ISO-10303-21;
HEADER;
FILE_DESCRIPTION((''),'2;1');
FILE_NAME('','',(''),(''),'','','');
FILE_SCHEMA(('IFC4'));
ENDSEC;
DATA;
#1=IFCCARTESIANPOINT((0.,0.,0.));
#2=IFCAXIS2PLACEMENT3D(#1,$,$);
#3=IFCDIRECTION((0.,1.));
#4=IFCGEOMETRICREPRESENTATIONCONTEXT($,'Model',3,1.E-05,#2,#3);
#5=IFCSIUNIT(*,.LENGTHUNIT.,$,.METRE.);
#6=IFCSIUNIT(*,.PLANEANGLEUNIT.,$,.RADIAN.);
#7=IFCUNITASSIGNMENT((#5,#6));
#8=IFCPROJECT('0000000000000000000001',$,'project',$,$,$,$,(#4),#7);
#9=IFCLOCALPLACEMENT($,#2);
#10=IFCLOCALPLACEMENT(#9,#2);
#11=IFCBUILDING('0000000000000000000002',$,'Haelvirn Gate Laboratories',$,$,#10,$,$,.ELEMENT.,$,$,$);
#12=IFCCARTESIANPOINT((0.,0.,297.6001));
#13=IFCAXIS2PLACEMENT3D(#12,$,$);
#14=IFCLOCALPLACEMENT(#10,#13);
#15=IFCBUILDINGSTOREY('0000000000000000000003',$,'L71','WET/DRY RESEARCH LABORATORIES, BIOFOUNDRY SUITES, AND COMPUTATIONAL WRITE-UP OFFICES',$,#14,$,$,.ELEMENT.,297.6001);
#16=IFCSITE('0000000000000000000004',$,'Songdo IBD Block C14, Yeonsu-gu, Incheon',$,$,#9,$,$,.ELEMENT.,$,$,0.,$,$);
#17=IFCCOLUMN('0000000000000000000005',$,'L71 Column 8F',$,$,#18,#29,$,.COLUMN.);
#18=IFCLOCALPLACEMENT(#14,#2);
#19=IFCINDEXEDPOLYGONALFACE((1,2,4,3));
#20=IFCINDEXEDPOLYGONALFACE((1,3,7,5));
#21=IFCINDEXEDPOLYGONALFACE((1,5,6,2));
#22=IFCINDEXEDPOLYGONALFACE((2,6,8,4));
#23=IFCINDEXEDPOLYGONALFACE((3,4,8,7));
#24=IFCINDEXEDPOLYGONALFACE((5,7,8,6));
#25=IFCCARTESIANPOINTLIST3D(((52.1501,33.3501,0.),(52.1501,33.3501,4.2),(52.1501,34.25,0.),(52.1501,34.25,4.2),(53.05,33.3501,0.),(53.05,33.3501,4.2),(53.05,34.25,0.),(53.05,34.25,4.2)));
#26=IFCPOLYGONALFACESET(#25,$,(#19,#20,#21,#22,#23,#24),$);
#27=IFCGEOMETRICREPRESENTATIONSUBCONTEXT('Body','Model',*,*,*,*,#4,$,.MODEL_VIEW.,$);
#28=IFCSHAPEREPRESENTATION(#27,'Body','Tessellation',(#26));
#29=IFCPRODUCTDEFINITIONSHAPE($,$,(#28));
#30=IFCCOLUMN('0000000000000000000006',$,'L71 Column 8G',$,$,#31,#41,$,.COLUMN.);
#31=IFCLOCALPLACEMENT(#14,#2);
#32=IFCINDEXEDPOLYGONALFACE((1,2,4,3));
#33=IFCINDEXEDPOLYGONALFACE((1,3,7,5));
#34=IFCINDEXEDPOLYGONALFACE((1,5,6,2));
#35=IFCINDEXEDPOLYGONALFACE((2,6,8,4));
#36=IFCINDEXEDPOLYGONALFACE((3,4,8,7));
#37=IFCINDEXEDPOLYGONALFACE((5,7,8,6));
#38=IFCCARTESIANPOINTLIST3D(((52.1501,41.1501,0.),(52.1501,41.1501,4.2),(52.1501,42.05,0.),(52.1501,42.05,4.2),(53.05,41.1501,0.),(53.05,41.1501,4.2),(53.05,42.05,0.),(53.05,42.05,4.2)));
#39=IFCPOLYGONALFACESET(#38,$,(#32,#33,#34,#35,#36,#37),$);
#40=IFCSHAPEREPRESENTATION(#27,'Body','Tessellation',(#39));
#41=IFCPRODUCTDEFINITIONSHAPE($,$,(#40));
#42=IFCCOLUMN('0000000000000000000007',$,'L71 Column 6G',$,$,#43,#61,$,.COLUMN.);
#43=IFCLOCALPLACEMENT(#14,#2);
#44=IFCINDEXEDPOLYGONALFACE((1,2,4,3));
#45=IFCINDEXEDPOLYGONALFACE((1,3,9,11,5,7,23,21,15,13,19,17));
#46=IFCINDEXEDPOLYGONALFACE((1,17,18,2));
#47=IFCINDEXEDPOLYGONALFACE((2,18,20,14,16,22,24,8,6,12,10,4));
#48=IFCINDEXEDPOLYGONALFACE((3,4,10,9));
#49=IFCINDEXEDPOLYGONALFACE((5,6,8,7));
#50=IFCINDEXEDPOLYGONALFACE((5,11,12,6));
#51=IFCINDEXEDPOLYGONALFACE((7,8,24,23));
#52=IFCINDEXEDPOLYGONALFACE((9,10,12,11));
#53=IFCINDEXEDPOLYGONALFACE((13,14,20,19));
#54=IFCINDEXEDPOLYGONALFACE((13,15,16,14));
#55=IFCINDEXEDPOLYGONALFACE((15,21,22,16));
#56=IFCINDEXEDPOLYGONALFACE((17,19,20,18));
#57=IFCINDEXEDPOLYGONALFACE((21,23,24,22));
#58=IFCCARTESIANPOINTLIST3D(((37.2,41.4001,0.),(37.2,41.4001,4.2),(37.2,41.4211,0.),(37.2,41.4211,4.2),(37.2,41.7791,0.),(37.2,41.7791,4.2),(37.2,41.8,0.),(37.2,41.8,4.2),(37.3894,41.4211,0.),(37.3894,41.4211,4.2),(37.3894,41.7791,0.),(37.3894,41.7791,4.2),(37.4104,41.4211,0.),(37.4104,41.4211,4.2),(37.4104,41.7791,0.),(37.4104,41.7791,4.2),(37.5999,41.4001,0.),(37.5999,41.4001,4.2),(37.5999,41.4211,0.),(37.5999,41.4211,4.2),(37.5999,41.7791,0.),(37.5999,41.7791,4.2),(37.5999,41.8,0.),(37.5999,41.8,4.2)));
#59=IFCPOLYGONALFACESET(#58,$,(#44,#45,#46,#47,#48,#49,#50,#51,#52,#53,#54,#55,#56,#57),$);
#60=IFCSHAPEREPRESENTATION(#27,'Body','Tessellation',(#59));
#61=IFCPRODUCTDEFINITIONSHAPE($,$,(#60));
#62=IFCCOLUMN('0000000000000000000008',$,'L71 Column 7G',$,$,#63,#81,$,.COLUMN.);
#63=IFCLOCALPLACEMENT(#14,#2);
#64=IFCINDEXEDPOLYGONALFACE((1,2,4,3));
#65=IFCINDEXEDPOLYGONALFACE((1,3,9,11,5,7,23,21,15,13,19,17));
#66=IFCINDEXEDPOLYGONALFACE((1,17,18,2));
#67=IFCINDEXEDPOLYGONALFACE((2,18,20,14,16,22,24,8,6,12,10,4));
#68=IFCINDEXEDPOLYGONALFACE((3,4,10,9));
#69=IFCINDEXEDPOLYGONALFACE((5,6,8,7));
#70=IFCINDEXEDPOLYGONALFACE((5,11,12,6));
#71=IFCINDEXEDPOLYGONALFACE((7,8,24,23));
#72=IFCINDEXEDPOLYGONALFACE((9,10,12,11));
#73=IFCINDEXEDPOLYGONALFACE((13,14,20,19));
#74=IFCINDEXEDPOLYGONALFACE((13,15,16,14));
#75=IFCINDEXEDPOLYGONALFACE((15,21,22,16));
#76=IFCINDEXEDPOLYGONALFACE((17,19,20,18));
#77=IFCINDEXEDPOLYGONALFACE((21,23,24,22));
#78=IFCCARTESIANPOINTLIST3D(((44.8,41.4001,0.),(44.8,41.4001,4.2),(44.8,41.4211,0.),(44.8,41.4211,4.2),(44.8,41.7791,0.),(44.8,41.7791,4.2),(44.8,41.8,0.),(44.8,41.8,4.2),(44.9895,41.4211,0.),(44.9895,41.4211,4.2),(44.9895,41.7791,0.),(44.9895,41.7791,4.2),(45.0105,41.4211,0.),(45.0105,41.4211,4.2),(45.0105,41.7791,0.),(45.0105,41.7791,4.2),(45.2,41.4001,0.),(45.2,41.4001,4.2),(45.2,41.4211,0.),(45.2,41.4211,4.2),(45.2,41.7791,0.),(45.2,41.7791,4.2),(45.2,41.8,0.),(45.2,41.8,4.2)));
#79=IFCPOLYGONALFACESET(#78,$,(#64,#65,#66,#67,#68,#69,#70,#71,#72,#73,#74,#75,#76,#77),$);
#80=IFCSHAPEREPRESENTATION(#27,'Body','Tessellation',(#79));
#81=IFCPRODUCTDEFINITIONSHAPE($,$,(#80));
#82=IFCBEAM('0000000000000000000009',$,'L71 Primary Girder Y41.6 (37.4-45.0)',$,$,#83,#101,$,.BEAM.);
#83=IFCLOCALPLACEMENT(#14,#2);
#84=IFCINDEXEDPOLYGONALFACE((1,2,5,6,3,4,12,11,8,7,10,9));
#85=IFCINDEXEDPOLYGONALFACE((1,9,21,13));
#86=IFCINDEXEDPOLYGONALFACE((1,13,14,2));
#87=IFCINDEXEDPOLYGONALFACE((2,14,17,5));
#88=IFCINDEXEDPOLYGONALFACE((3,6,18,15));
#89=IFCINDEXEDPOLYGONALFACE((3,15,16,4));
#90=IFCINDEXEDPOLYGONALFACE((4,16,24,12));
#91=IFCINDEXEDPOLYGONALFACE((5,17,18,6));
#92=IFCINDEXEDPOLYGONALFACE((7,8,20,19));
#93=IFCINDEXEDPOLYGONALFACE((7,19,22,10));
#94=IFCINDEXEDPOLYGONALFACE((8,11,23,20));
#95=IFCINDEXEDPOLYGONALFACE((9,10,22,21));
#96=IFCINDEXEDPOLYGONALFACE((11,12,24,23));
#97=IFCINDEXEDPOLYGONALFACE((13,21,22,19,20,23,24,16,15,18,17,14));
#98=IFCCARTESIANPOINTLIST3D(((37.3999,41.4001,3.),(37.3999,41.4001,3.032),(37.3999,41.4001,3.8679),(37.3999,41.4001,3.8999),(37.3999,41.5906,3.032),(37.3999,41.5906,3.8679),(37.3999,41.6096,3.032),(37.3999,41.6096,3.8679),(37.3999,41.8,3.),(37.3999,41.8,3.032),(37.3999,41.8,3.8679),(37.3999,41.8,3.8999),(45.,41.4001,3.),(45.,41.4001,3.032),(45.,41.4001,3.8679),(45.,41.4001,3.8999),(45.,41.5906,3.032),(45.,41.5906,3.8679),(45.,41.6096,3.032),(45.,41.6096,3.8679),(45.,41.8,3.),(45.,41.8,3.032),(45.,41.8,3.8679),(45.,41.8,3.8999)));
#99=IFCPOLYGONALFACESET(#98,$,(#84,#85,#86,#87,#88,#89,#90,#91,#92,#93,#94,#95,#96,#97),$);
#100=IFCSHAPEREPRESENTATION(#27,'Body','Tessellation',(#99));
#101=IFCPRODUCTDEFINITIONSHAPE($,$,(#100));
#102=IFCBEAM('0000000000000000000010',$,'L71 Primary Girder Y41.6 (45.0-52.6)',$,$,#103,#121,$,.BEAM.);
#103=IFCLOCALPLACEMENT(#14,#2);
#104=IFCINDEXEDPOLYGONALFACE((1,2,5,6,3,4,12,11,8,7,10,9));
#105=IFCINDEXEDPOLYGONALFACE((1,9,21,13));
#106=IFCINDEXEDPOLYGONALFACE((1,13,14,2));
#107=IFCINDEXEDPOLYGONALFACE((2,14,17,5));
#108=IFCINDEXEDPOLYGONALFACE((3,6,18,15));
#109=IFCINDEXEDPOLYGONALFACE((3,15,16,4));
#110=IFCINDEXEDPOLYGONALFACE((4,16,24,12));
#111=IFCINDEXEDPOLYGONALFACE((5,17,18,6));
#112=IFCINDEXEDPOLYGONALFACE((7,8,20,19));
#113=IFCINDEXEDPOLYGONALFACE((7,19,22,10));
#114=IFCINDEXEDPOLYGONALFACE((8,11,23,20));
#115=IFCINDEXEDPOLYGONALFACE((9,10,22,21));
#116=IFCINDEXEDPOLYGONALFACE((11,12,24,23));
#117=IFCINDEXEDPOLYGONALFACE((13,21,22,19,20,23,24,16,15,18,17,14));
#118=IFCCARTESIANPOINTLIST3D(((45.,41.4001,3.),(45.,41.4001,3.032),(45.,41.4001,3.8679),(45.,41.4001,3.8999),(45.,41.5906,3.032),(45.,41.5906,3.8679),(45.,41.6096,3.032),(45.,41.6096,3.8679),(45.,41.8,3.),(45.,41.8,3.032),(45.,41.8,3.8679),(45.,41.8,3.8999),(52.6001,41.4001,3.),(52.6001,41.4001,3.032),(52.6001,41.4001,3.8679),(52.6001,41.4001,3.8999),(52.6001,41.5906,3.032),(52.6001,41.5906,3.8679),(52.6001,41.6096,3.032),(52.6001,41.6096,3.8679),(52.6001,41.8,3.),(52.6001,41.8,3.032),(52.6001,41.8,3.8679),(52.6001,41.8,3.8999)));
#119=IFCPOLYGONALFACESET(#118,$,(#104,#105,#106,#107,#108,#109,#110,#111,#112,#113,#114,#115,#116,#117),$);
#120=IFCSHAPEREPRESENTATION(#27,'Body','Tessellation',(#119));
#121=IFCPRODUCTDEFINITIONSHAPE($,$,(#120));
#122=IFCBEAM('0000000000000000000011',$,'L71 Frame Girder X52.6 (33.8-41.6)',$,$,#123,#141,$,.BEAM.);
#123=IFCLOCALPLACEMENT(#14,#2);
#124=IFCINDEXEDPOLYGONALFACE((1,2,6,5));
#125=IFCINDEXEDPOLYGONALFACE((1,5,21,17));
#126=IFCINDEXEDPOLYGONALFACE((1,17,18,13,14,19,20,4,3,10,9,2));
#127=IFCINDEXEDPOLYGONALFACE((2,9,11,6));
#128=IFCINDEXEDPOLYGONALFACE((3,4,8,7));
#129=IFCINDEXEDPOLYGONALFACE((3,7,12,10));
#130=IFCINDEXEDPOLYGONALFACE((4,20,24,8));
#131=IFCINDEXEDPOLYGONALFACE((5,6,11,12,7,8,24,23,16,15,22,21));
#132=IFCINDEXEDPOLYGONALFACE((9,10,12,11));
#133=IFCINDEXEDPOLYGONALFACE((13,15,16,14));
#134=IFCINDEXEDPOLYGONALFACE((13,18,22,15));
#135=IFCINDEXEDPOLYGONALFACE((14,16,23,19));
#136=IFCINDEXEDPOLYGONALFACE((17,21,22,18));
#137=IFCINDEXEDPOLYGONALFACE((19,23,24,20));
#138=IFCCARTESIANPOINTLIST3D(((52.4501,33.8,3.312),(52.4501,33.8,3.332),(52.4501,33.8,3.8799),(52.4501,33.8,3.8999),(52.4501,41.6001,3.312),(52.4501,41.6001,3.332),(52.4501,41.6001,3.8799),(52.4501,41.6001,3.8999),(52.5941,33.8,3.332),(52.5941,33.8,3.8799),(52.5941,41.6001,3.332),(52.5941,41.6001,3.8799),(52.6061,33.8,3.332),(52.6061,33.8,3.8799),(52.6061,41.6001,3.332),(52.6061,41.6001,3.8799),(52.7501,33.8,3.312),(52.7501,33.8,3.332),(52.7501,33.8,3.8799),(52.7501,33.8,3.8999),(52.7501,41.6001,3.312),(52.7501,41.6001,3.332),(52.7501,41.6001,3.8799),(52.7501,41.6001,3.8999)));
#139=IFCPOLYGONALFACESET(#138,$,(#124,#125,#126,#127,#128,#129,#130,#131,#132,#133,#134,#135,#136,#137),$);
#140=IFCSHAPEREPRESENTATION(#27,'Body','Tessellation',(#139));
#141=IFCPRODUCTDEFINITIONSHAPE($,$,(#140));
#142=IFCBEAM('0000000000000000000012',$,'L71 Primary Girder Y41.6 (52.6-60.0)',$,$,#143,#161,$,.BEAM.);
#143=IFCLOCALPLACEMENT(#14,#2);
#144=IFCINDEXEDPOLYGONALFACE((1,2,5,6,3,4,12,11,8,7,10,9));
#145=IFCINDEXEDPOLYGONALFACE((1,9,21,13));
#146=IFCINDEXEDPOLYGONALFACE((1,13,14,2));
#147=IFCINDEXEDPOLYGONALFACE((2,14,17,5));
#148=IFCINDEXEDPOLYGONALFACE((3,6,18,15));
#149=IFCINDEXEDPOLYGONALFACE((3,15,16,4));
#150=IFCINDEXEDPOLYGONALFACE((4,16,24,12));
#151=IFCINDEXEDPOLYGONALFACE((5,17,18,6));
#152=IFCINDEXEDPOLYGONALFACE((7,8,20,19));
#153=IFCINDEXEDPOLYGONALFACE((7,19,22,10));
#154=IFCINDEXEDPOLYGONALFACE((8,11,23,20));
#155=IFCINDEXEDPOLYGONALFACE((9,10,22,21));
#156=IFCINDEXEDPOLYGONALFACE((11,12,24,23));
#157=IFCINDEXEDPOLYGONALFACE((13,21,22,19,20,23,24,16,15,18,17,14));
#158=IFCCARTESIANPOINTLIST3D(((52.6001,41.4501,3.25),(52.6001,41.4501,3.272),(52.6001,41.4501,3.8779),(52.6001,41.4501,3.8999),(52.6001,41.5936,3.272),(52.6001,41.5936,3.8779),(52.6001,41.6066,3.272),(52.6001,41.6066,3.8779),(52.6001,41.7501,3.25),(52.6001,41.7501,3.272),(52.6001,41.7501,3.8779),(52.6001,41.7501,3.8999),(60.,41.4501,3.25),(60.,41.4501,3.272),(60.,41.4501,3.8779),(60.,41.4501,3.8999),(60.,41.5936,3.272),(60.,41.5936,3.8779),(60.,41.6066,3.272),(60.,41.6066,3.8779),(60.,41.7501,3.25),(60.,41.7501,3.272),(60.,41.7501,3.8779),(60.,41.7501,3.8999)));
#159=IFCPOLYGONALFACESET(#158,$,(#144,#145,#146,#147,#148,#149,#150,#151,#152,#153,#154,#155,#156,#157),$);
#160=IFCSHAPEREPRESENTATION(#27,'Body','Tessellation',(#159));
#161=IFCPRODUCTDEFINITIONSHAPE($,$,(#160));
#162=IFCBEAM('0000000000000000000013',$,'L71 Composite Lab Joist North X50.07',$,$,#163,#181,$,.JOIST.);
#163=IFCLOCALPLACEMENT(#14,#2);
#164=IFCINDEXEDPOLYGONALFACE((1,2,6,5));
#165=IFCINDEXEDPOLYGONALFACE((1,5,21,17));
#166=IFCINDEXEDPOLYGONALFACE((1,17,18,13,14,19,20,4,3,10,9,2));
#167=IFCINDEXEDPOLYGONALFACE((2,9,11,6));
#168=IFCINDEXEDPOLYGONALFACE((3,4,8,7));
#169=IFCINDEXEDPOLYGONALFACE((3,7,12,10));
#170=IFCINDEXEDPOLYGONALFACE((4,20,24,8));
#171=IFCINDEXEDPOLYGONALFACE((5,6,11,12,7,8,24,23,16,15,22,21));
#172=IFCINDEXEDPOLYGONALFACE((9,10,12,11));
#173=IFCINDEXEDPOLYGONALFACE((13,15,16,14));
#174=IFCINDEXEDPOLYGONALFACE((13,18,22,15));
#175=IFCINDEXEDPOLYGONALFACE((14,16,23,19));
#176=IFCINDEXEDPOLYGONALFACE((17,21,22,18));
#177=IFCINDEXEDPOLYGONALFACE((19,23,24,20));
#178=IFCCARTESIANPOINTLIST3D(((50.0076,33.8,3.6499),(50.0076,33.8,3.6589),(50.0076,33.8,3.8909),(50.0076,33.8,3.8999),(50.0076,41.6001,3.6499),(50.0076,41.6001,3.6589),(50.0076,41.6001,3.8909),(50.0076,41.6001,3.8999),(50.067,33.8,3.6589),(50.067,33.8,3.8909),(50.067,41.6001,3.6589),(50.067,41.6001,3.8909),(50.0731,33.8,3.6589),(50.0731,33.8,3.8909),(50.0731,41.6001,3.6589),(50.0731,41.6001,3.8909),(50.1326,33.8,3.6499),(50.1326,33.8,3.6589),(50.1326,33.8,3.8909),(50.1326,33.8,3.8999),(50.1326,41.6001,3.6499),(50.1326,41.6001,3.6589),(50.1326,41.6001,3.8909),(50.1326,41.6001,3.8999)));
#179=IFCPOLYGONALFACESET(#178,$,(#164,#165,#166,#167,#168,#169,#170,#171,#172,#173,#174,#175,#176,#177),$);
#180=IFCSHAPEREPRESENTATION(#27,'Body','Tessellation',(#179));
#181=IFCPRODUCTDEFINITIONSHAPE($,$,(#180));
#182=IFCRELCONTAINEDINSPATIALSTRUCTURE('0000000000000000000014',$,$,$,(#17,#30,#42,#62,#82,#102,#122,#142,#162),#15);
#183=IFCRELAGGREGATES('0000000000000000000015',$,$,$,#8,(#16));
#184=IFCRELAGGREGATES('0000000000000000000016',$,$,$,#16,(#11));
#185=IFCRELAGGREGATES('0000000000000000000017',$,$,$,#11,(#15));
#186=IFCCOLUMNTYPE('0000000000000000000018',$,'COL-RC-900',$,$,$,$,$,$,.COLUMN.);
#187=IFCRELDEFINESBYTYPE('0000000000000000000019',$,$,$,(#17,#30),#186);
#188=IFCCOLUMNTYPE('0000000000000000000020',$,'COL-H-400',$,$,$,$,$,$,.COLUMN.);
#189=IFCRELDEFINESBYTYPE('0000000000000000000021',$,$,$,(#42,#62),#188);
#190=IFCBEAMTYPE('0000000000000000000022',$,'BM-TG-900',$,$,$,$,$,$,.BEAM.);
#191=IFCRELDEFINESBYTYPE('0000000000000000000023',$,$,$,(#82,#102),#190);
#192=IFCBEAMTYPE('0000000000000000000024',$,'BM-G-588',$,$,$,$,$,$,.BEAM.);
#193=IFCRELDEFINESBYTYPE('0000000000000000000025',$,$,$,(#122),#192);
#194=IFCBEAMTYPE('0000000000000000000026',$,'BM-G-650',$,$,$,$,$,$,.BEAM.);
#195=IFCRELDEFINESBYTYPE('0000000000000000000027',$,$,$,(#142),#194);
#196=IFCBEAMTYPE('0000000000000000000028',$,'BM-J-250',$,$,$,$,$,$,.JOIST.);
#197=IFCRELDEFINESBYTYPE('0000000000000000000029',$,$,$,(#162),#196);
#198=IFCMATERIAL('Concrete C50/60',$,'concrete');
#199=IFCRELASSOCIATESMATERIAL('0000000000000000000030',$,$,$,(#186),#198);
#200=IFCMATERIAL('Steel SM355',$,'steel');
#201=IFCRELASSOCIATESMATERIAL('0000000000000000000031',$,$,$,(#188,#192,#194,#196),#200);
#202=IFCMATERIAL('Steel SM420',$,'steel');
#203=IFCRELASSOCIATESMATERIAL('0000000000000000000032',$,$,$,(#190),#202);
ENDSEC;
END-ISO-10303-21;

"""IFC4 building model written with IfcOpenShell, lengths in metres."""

from ifc_helpers import new_model, si_unit, direction, frame, origin, origin_2d, place, context, subcontext, project, spatial, rectangle, i_section, extrude, source, transform, mapped, material, material_profile, profile_set, type_object, type_shapes, element, save


model = new_model("IFC4")

# Units and contexts
model_context = context("Model", 3, precision=1e-05, world=origin(), true_north=direction((0.0, 1.0)))
body_context = subcontext(model_context, "Body", "Model", "MODEL_VIEW")
ifc_project = project(units=[si_unit("LENGTHUNIT", "METRE"), si_unit("PLANEANGLEUNIT", "RADIAN")], contexts=[model_context])

# Site, building, storey
site_placement = place(None, origin())
site = spatial("IfcSite", under=ifc_project, at=site_placement, Name="Songdo IBD Block C14, Yeonsu-gu, Incheon", CompositionType="ELEMENT", RefElevation=0.0)
building_placement = place(site_placement, origin())
building = spatial("IfcBuilding", under=site, at=building_placement, Name="Haelvirn Gate Laboratories", CompositionType="ELEMENT")
storey_placement = place(building_placement, frame((0.0, 0.0, 297.6001)))
storey = spatial("IfcBuildingStorey", under=building, at=storey_placement, Name="L71", Description="WET/DRY RESEARCH LABORATORIES, BIOFOUNDRY SUITES, AND COMPUTATIONAL WRITE-UP OFFICES", CompositionType="ELEMENT", Elevation=297.6001)

# Columns
ifc_material_1 = material(Name="Concrete C50/60", Category="concrete")
ifc_material_profile_1 = material_profile(ifc_material_1, rectangle(XDim=0.8999, YDim=0.8999, at=origin_2d()), Name="RC-900x900")
ifc_profile_set_1 = profile_set([ifc_material_profile_1], Name="Concrete C50/60")
column_type_1 = type_object("IfcColumnType", Name="COL-RC-900", PredefinedType="COLUMN", material=ifc_profile_set_1)
shared_shape_1 = source(origin(), body_context, "Body", "SweptSolid", [
    extrude(rectangle(XDim=0.8999, YDim=0.8999, at=origin_2d()), origin(), (0.0, 0.0, 1.0), 4.2),
])
type_shapes(column_type_1, [shared_shape_1])
for number, where, z_axis, x_axis, name in (
    (1, (52.6001, 33.8, 0.0), (0.0, 0.0, 1.0), (1.0, 0.0, 0.0), "L71 Column 8F"),
    (2, (52.6001, 41.6001, 0.0), (0.0, 0.0, 1.0), (1.0, 0.0, 0.0), "L71 Column 8G"),
):
    element("IfcColumn", number, at=place(storey_placement, frame(where, z_axis=z_axis, x_axis=x_axis)), inside=storey, type_object=column_type_1, Name=name, PredefinedType="COLUMN", context=body_context, shape_type="MappedRepresentation", body=[
        mapped(shared_shape_1, transform((0.0, 0.0, 0.0), scale=1.0)),
    ])
ifc_material_2 = material(Name="Steel SM355", Category="steel")
ifc_material_profile_2 = material_profile(ifc_material_2, i_section(OverallWidth=0.3999, OverallDepth=0.3999, WebThickness=0.021, FlangeThickness=0.021, at=origin_2d()), Name="H-400x400x21x21")
ifc_profile_set_2 = profile_set([ifc_material_profile_2], Name="Steel SM355")
column_type_2 = type_object("IfcColumnType", Name="COL-H-400", PredefinedType="COLUMN", material=ifc_profile_set_2)
shared_shape_2 = source(origin(), body_context, "Body", "SweptSolid", [
    extrude(i_section(OverallWidth=0.3999, OverallDepth=0.3999, WebThickness=0.021, FlangeThickness=0.021, at=origin_2d()), origin(), (0.0, 0.0, 1.0), 4.2),
])
type_shapes(column_type_2, [shared_shape_2])
for number, where, z_axis, x_axis, name in (
    (3, (37.3999, 41.6001, 0.0), (0.0, 0.0, 1.0), (1.0, 0.0, 0.0), "L71 Column 6G"),
    (4, (45.0, 41.6001, 0.0), (0.0, 0.0, 1.0), (1.0, 0.0, 0.0), "L71 Column 7G"),
):
    element("IfcColumn", number, at=place(storey_placement, frame(where, z_axis=z_axis, x_axis=x_axis)), inside=storey, type_object=column_type_2, Name=name, PredefinedType="COLUMN", context=body_context, shape_type="MappedRepresentation", body=[
        mapped(shared_shape_2, transform((0.0, 0.0, 0.0), scale=1.0)),
    ])

# Beams
ifc_material_3 = material(Name="Steel SM420", Category="steel")
ifc_material_profile_3 = material_profile(ifc_material_3, i_section(OverallWidth=0.3999, OverallDepth=0.8999, WebThickness=0.019, FlangeThickness=0.032, at=origin_2d()), Name="H-900x400x19x32")
ifc_profile_set_3 = profile_set([ifc_material_profile_3], Name="Steel SM420")
beam_type_1 = type_object("IfcBeamType", Name="BM-TG-900", PredefinedType="BEAM", material=ifc_profile_set_3)
shared_shape_3 = source(origin(), body_context, "Body", "SweptSolid", [
    extrude(i_section(OverallWidth=0.3999, OverallDepth=0.8999, WebThickness=0.019, FlangeThickness=0.032, at=origin_2d()), origin(), (0.0, 0.0, 1.0), 7.6001),
])
type_shapes(beam_type_1, [shared_shape_3])
for number, where, z_axis, x_axis, name in (
    (5, (37.3999, 41.6001, 3.45), (1.0, 0.0, 0.0), (0.0, 1.0, 0.0), "L71 Primary Girder Y41.6 (37.4-45.0)"),
    (6, (45.0, 41.6001, 3.45), (1.0, 0.0, 0.0), (0.0, 1.0, 0.0), "L71 Primary Girder Y41.6 (45.0-52.6)"),
):
    element("IfcBeam", number, at=place(storey_placement, frame(where, z_axis=z_axis, x_axis=x_axis)), inside=storey, type_object=beam_type_1, Name=name, PredefinedType="BEAM", context=body_context, shape_type="MappedRepresentation", body=[
        mapped(shared_shape_3, transform((0.0, 0.0, 0.0), scale=1.0)),
    ])
ifc_material_profile_4 = material_profile(ifc_material_2, i_section(OverallWidth=0.3, OverallDepth=0.5879, WebThickness=0.012, FlangeThickness=0.02, at=origin_2d()), Name="H-588x300x12x20")
ifc_profile_set_4 = profile_set([ifc_material_profile_4], Name="Steel SM355")
beam_type_2 = type_object("IfcBeamType", Name="BM-G-588", PredefinedType="BEAM", material=ifc_profile_set_4)
shared_shape_4 = source(origin(), body_context, "Body", "SweptSolid", [
    extrude(i_section(OverallWidth=0.3, OverallDepth=0.5879, WebThickness=0.012, FlangeThickness=0.02, at=origin_2d()), origin(), (0.0, 0.0, 1.0), 7.8),
])
type_shapes(beam_type_2, [shared_shape_4])
beam_1_placement = place(storey_placement, frame((52.6001, 33.8, 3.606), z_axis=(0.0, 1.0, 0.0), x_axis=(-1.0, 0.0, 0.0)))
element("IfcBeam", 7, at=beam_1_placement, inside=storey, type_object=beam_type_2, Name="L71 Frame Girder X52.6 (33.8-41.6)", PredefinedType="BEAM", context=body_context, shape_type="MappedRepresentation", body=[
    mapped(shared_shape_4, transform((0.0, 0.0, 0.0), scale=1.0)),
])
ifc_material_profile_5 = material_profile(ifc_material_2, i_section(OverallWidth=0.3, OverallDepth=0.6499, WebThickness=0.0129, FlangeThickness=0.022, at=origin_2d()), Name="H-650x300x13x22")
ifc_profile_set_5 = profile_set([ifc_material_profile_5], Name="Steel SM355")
beam_type_3 = type_object("IfcBeamType", Name="BM-G-650", PredefinedType="BEAM", material=ifc_profile_set_5)
shared_shape_5 = source(origin(), body_context, "Body", "SweptSolid", [
    extrude(i_section(OverallWidth=0.3, OverallDepth=0.6499, WebThickness=0.0129, FlangeThickness=0.022, at=origin_2d()), origin(), (0.0, 0.0, 1.0), 7.3999),
])
type_shapes(beam_type_3, [shared_shape_5])
beam_2_placement = place(storey_placement, frame((52.6001, 41.6001, 3.575), z_axis=(1.0, 0.0, 0.0), x_axis=(0.0, 1.0, 0.0)))
element("IfcBeam", 8, at=beam_2_placement, inside=storey, type_object=beam_type_3, Name="L71 Primary Girder Y41.6 (52.6-60.0)", PredefinedType="BEAM", context=body_context, shape_type="MappedRepresentation", body=[
    mapped(shared_shape_5, transform((0.0, 0.0, 0.0), scale=1.0)),
])
ifc_material_profile_6 = material_profile(ifc_material_2, i_section(OverallWidth=0.125, OverallDepth=0.25, WebThickness=0.0061, FlangeThickness=0.009, at=origin_2d()), Name="H-250x125x6x9")
ifc_profile_set_6 = profile_set([ifc_material_profile_6], Name="Steel SM355")
beam_type_4 = type_object("IfcBeamType", Name="BM-J-250", PredefinedType="JOIST", material=ifc_profile_set_6)
shared_shape_6 = source(origin(), body_context, "Body", "SweptSolid", [
    extrude(i_section(OverallWidth=0.125, OverallDepth=0.25, WebThickness=0.0061, FlangeThickness=0.009, at=origin_2d()), origin(), (0.0, 0.0, 1.0), 7.8),
])
type_shapes(beam_type_4, [shared_shape_6])
beam_3_placement = place(storey_placement, frame((50.0701, 33.8, 3.7749), z_axis=(0.0, 1.0, 0.0), x_axis=(-1.0, 0.0, 0.0)))
element("IfcBeam", 9, at=beam_3_placement, inside=storey, type_object=beam_type_4, Name="L71 Composite Lab Joist North X50.07", PredefinedType="JOIST", context=body_context, shape_type="MappedRepresentation", body=[
    mapped(shared_shape_6, transform((0.0, 0.0, 0.0), scale=1.0)),
])

save(model, "model.ifc")
